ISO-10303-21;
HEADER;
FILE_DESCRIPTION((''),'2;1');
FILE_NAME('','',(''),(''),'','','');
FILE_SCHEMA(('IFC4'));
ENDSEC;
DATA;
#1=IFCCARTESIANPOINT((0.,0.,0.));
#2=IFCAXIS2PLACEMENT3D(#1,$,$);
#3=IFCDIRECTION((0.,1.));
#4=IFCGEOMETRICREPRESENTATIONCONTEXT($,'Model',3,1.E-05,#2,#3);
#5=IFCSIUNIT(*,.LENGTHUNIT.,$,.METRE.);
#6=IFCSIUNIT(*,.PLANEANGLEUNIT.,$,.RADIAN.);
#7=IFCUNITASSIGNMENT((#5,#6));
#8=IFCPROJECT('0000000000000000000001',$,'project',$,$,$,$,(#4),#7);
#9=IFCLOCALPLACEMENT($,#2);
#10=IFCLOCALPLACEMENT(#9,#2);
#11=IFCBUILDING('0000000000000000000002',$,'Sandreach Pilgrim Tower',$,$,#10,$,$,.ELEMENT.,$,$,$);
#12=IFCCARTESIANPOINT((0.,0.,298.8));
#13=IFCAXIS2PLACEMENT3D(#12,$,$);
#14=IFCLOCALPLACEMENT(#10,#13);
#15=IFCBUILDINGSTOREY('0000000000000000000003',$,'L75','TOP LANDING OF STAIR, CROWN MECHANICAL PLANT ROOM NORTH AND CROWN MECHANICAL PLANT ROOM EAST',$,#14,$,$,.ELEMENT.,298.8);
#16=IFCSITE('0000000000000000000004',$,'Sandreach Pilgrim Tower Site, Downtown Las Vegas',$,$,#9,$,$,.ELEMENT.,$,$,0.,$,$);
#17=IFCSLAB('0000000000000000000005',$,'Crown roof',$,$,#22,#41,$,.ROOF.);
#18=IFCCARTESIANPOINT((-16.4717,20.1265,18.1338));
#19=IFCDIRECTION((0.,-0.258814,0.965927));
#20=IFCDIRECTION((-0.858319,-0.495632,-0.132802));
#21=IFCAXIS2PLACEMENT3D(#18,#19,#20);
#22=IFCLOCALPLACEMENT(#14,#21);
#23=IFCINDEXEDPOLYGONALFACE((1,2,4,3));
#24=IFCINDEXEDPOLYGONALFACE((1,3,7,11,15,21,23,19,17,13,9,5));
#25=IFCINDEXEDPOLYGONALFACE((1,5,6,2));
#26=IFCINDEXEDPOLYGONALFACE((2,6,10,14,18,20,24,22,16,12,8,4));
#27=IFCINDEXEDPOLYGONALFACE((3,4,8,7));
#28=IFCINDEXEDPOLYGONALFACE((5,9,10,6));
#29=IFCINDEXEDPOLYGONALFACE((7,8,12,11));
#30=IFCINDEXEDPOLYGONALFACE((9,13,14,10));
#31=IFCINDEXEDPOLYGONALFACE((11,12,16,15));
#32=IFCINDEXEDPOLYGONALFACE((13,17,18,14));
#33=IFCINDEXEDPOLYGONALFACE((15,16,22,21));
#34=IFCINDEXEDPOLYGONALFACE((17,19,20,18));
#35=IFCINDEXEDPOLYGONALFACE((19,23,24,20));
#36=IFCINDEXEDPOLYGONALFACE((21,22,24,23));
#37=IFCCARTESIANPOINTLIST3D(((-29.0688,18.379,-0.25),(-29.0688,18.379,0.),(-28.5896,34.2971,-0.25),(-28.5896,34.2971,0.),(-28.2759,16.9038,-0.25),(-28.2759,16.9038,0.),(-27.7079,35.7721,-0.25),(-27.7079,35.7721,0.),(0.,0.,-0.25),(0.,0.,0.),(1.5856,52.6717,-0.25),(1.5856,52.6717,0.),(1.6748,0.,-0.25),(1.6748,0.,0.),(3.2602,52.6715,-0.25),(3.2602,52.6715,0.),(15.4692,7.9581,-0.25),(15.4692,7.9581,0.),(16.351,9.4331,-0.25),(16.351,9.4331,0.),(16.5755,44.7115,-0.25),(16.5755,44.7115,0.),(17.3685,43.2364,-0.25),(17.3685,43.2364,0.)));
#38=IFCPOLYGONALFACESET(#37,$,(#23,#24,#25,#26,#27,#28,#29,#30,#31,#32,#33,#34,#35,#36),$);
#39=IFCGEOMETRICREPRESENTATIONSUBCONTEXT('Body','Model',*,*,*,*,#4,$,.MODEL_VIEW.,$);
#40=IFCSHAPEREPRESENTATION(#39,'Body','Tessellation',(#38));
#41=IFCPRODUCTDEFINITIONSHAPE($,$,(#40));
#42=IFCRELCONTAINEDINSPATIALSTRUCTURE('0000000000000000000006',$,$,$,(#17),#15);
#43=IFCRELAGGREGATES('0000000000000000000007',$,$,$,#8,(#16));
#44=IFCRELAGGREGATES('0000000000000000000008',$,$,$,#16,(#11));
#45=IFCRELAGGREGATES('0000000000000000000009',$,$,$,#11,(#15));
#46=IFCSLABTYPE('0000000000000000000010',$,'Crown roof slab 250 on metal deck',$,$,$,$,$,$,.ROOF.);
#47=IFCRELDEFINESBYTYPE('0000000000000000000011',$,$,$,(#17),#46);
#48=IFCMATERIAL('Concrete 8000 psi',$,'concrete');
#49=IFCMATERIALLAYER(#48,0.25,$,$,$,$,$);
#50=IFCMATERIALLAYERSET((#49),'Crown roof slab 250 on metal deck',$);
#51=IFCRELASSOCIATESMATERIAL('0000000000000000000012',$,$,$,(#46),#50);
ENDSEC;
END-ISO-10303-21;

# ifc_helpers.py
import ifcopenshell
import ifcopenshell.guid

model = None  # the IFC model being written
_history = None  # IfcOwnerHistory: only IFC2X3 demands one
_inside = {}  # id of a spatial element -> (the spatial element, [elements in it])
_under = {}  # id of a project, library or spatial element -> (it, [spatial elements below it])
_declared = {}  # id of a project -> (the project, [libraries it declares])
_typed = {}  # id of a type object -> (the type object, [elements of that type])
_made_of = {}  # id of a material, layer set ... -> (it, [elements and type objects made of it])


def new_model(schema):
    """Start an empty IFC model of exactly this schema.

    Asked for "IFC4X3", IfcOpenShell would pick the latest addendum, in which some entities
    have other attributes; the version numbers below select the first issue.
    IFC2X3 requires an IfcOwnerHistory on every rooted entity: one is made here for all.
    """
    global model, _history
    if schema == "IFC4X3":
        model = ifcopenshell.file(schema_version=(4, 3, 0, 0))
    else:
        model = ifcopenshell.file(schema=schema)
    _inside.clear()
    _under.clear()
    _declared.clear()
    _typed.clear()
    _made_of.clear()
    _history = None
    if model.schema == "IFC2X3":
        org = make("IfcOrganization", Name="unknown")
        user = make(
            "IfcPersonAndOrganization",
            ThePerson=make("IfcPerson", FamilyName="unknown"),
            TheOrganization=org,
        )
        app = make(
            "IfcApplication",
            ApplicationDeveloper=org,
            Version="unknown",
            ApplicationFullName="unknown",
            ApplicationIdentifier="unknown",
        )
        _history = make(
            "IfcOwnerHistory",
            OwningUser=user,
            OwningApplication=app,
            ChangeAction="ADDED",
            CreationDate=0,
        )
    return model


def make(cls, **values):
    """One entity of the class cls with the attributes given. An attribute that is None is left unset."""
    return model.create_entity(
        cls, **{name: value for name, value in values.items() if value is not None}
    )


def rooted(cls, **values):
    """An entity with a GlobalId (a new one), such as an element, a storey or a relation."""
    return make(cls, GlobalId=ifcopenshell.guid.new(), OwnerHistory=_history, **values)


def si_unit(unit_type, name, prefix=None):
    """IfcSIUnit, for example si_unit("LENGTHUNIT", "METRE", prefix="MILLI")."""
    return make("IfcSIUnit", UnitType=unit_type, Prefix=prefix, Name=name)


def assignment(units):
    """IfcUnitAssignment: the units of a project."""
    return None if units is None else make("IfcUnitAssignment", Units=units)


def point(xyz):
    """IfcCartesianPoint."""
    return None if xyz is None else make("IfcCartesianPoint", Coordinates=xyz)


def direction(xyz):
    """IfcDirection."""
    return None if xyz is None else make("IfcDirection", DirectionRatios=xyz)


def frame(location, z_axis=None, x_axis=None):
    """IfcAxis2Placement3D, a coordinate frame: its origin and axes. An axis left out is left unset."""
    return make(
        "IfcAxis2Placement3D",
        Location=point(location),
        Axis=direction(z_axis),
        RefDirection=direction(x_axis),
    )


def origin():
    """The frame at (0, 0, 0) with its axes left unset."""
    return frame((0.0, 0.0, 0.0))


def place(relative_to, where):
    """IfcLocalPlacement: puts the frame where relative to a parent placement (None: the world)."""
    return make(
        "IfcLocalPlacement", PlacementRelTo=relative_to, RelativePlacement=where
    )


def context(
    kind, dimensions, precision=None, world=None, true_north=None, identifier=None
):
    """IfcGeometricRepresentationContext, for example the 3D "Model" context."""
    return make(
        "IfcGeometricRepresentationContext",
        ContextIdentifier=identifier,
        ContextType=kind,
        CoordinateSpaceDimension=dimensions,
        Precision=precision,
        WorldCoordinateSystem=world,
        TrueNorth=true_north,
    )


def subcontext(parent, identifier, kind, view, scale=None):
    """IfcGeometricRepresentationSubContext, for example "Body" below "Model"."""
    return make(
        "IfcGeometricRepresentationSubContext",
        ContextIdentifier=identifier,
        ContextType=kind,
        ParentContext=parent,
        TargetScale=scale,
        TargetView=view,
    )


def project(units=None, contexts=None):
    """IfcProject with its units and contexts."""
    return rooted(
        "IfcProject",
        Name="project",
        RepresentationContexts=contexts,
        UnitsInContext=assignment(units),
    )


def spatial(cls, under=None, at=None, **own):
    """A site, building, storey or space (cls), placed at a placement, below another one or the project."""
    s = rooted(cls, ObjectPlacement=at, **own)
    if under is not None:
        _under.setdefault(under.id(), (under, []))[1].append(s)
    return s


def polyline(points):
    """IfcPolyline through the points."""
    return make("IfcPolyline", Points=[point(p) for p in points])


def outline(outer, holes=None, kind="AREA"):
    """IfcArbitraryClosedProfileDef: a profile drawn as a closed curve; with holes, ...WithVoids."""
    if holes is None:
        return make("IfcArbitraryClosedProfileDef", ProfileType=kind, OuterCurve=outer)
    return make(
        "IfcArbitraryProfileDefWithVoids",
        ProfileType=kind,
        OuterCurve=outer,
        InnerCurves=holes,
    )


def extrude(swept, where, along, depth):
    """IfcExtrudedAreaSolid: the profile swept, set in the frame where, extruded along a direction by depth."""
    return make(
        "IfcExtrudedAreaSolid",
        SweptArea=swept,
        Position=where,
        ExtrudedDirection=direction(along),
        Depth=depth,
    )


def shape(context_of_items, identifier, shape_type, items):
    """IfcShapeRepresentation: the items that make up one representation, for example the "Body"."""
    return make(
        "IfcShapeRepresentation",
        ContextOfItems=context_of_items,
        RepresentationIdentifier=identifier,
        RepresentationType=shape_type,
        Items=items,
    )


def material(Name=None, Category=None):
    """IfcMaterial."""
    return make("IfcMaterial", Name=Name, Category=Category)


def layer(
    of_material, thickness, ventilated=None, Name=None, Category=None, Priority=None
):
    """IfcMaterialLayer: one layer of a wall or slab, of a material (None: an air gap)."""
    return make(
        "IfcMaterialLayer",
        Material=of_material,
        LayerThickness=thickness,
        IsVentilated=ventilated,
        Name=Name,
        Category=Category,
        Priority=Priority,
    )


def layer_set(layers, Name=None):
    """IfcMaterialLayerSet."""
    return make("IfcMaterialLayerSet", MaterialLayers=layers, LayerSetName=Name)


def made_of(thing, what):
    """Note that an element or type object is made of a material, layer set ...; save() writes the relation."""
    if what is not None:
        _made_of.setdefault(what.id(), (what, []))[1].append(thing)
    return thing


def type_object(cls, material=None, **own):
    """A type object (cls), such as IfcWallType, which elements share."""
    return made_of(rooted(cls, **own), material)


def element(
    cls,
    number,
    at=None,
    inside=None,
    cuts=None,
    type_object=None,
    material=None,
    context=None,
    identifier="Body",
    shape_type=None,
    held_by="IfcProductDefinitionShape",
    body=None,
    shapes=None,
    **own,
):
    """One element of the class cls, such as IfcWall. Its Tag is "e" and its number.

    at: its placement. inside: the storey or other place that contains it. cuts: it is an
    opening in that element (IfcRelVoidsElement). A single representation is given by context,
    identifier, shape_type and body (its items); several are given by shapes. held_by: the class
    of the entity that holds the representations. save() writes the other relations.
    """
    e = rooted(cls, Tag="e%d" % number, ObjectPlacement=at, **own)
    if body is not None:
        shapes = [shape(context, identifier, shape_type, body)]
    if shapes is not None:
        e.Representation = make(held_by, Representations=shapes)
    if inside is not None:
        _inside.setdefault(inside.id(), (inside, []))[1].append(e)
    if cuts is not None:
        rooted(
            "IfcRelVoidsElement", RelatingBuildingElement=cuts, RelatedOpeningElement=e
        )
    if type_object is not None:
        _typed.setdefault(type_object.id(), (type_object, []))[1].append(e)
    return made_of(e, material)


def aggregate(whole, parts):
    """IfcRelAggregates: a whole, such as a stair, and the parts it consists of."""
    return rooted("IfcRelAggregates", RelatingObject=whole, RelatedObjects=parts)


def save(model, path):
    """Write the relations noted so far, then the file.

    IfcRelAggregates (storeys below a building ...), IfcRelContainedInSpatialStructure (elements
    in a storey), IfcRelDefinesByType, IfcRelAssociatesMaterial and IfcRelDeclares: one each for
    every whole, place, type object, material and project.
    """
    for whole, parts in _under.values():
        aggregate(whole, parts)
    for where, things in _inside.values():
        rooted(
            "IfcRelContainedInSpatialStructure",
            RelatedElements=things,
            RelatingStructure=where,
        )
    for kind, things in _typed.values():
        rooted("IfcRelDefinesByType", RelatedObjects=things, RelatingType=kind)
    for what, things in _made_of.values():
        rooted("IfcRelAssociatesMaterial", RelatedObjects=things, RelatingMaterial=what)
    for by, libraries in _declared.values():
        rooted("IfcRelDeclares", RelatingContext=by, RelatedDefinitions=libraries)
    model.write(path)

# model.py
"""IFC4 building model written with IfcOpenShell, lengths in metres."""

from ifc_helpers import new_model, si_unit, direction, frame, origin, place, context, subcontext, project, spatial, polyline, outline, extrude, material, layer, layer_set, type_object, element, save


model = new_model("IFC4")

# Units and contexts
model_context = context("Model", 3, precision=1e-05, world=origin(), true_north=direction((0.0, 1.0)))
body_context = subcontext(model_context, "Body", "Model", "MODEL_VIEW")
ifc_project = project(units=[si_unit("LENGTHUNIT", "METRE"), si_unit("PLANEANGLEUNIT", "RADIAN")], contexts=[model_context])

# Site, building, storey
site_placement = place(None, origin())
site = spatial("IfcSite", under=ifc_project, at=site_placement, Name="Sandreach Pilgrim Tower Site, Downtown Las Vegas", CompositionType="ELEMENT", RefElevation=0.0)
building_placement = place(site_placement, origin())
building = spatial("IfcBuilding", under=site, at=building_placement, Name="Sandreach Pilgrim Tower", CompositionType="ELEMENT")
storey_placement = place(building_placement, frame((0.0, 0.0, 298.8)))
storey = spatial("IfcBuildingStorey", under=building, at=storey_placement, Name="L75", Description="TOP LANDING OF STAIR, CROWN MECHANICAL PLANT ROOM NORTH AND CROWN MECHANICAL PLANT ROOM EAST", CompositionType="ELEMENT", Elevation=298.8)

# Slab
ifc_material_1 = material(Name="Concrete 8000 psi", Category="concrete")
ifc_layer_1 = layer(ifc_material_1, 0.25)
ifc_layer_set_1 = layer_set([ifc_layer_1], Name="Crown roof slab 250 on metal deck")
slab_type = type_object("IfcSlabType", Name="Crown roof slab 250 on metal deck", PredefinedType="ROOF", material=ifc_layer_set_1)
slab_placement = place(storey_placement, frame((-16.4717, 20.1265, 18.1338), z_axis=(0.0, -0.258814, 0.965927), x_axis=(-0.858319, -0.495632, -0.132802)))
element("IfcSlab", 1, at=slab_placement, inside=storey, type_object=slab_type, Name="Crown roof", PredefinedType="ROOF", context=body_context, shape_type="SweptSolid", body=[
    extrude(outline(polyline([(0.0, 0.0), (1.6748, 0.0), (15.4692, 7.9581), (16.351, 9.4331), (17.3685, 43.2364), (16.5755, 44.7115), (3.2602, 52.6715), (1.5856, 52.6717), (-27.7079, 35.7721), (-28.5896, 34.2971), (-29.0688, 18.379), (-28.2759, 16.9038), (0.0, 0.0)])), origin(), (0.0, 0.0, -1.0), 0.25),
])

save(model, "model.ifc")
